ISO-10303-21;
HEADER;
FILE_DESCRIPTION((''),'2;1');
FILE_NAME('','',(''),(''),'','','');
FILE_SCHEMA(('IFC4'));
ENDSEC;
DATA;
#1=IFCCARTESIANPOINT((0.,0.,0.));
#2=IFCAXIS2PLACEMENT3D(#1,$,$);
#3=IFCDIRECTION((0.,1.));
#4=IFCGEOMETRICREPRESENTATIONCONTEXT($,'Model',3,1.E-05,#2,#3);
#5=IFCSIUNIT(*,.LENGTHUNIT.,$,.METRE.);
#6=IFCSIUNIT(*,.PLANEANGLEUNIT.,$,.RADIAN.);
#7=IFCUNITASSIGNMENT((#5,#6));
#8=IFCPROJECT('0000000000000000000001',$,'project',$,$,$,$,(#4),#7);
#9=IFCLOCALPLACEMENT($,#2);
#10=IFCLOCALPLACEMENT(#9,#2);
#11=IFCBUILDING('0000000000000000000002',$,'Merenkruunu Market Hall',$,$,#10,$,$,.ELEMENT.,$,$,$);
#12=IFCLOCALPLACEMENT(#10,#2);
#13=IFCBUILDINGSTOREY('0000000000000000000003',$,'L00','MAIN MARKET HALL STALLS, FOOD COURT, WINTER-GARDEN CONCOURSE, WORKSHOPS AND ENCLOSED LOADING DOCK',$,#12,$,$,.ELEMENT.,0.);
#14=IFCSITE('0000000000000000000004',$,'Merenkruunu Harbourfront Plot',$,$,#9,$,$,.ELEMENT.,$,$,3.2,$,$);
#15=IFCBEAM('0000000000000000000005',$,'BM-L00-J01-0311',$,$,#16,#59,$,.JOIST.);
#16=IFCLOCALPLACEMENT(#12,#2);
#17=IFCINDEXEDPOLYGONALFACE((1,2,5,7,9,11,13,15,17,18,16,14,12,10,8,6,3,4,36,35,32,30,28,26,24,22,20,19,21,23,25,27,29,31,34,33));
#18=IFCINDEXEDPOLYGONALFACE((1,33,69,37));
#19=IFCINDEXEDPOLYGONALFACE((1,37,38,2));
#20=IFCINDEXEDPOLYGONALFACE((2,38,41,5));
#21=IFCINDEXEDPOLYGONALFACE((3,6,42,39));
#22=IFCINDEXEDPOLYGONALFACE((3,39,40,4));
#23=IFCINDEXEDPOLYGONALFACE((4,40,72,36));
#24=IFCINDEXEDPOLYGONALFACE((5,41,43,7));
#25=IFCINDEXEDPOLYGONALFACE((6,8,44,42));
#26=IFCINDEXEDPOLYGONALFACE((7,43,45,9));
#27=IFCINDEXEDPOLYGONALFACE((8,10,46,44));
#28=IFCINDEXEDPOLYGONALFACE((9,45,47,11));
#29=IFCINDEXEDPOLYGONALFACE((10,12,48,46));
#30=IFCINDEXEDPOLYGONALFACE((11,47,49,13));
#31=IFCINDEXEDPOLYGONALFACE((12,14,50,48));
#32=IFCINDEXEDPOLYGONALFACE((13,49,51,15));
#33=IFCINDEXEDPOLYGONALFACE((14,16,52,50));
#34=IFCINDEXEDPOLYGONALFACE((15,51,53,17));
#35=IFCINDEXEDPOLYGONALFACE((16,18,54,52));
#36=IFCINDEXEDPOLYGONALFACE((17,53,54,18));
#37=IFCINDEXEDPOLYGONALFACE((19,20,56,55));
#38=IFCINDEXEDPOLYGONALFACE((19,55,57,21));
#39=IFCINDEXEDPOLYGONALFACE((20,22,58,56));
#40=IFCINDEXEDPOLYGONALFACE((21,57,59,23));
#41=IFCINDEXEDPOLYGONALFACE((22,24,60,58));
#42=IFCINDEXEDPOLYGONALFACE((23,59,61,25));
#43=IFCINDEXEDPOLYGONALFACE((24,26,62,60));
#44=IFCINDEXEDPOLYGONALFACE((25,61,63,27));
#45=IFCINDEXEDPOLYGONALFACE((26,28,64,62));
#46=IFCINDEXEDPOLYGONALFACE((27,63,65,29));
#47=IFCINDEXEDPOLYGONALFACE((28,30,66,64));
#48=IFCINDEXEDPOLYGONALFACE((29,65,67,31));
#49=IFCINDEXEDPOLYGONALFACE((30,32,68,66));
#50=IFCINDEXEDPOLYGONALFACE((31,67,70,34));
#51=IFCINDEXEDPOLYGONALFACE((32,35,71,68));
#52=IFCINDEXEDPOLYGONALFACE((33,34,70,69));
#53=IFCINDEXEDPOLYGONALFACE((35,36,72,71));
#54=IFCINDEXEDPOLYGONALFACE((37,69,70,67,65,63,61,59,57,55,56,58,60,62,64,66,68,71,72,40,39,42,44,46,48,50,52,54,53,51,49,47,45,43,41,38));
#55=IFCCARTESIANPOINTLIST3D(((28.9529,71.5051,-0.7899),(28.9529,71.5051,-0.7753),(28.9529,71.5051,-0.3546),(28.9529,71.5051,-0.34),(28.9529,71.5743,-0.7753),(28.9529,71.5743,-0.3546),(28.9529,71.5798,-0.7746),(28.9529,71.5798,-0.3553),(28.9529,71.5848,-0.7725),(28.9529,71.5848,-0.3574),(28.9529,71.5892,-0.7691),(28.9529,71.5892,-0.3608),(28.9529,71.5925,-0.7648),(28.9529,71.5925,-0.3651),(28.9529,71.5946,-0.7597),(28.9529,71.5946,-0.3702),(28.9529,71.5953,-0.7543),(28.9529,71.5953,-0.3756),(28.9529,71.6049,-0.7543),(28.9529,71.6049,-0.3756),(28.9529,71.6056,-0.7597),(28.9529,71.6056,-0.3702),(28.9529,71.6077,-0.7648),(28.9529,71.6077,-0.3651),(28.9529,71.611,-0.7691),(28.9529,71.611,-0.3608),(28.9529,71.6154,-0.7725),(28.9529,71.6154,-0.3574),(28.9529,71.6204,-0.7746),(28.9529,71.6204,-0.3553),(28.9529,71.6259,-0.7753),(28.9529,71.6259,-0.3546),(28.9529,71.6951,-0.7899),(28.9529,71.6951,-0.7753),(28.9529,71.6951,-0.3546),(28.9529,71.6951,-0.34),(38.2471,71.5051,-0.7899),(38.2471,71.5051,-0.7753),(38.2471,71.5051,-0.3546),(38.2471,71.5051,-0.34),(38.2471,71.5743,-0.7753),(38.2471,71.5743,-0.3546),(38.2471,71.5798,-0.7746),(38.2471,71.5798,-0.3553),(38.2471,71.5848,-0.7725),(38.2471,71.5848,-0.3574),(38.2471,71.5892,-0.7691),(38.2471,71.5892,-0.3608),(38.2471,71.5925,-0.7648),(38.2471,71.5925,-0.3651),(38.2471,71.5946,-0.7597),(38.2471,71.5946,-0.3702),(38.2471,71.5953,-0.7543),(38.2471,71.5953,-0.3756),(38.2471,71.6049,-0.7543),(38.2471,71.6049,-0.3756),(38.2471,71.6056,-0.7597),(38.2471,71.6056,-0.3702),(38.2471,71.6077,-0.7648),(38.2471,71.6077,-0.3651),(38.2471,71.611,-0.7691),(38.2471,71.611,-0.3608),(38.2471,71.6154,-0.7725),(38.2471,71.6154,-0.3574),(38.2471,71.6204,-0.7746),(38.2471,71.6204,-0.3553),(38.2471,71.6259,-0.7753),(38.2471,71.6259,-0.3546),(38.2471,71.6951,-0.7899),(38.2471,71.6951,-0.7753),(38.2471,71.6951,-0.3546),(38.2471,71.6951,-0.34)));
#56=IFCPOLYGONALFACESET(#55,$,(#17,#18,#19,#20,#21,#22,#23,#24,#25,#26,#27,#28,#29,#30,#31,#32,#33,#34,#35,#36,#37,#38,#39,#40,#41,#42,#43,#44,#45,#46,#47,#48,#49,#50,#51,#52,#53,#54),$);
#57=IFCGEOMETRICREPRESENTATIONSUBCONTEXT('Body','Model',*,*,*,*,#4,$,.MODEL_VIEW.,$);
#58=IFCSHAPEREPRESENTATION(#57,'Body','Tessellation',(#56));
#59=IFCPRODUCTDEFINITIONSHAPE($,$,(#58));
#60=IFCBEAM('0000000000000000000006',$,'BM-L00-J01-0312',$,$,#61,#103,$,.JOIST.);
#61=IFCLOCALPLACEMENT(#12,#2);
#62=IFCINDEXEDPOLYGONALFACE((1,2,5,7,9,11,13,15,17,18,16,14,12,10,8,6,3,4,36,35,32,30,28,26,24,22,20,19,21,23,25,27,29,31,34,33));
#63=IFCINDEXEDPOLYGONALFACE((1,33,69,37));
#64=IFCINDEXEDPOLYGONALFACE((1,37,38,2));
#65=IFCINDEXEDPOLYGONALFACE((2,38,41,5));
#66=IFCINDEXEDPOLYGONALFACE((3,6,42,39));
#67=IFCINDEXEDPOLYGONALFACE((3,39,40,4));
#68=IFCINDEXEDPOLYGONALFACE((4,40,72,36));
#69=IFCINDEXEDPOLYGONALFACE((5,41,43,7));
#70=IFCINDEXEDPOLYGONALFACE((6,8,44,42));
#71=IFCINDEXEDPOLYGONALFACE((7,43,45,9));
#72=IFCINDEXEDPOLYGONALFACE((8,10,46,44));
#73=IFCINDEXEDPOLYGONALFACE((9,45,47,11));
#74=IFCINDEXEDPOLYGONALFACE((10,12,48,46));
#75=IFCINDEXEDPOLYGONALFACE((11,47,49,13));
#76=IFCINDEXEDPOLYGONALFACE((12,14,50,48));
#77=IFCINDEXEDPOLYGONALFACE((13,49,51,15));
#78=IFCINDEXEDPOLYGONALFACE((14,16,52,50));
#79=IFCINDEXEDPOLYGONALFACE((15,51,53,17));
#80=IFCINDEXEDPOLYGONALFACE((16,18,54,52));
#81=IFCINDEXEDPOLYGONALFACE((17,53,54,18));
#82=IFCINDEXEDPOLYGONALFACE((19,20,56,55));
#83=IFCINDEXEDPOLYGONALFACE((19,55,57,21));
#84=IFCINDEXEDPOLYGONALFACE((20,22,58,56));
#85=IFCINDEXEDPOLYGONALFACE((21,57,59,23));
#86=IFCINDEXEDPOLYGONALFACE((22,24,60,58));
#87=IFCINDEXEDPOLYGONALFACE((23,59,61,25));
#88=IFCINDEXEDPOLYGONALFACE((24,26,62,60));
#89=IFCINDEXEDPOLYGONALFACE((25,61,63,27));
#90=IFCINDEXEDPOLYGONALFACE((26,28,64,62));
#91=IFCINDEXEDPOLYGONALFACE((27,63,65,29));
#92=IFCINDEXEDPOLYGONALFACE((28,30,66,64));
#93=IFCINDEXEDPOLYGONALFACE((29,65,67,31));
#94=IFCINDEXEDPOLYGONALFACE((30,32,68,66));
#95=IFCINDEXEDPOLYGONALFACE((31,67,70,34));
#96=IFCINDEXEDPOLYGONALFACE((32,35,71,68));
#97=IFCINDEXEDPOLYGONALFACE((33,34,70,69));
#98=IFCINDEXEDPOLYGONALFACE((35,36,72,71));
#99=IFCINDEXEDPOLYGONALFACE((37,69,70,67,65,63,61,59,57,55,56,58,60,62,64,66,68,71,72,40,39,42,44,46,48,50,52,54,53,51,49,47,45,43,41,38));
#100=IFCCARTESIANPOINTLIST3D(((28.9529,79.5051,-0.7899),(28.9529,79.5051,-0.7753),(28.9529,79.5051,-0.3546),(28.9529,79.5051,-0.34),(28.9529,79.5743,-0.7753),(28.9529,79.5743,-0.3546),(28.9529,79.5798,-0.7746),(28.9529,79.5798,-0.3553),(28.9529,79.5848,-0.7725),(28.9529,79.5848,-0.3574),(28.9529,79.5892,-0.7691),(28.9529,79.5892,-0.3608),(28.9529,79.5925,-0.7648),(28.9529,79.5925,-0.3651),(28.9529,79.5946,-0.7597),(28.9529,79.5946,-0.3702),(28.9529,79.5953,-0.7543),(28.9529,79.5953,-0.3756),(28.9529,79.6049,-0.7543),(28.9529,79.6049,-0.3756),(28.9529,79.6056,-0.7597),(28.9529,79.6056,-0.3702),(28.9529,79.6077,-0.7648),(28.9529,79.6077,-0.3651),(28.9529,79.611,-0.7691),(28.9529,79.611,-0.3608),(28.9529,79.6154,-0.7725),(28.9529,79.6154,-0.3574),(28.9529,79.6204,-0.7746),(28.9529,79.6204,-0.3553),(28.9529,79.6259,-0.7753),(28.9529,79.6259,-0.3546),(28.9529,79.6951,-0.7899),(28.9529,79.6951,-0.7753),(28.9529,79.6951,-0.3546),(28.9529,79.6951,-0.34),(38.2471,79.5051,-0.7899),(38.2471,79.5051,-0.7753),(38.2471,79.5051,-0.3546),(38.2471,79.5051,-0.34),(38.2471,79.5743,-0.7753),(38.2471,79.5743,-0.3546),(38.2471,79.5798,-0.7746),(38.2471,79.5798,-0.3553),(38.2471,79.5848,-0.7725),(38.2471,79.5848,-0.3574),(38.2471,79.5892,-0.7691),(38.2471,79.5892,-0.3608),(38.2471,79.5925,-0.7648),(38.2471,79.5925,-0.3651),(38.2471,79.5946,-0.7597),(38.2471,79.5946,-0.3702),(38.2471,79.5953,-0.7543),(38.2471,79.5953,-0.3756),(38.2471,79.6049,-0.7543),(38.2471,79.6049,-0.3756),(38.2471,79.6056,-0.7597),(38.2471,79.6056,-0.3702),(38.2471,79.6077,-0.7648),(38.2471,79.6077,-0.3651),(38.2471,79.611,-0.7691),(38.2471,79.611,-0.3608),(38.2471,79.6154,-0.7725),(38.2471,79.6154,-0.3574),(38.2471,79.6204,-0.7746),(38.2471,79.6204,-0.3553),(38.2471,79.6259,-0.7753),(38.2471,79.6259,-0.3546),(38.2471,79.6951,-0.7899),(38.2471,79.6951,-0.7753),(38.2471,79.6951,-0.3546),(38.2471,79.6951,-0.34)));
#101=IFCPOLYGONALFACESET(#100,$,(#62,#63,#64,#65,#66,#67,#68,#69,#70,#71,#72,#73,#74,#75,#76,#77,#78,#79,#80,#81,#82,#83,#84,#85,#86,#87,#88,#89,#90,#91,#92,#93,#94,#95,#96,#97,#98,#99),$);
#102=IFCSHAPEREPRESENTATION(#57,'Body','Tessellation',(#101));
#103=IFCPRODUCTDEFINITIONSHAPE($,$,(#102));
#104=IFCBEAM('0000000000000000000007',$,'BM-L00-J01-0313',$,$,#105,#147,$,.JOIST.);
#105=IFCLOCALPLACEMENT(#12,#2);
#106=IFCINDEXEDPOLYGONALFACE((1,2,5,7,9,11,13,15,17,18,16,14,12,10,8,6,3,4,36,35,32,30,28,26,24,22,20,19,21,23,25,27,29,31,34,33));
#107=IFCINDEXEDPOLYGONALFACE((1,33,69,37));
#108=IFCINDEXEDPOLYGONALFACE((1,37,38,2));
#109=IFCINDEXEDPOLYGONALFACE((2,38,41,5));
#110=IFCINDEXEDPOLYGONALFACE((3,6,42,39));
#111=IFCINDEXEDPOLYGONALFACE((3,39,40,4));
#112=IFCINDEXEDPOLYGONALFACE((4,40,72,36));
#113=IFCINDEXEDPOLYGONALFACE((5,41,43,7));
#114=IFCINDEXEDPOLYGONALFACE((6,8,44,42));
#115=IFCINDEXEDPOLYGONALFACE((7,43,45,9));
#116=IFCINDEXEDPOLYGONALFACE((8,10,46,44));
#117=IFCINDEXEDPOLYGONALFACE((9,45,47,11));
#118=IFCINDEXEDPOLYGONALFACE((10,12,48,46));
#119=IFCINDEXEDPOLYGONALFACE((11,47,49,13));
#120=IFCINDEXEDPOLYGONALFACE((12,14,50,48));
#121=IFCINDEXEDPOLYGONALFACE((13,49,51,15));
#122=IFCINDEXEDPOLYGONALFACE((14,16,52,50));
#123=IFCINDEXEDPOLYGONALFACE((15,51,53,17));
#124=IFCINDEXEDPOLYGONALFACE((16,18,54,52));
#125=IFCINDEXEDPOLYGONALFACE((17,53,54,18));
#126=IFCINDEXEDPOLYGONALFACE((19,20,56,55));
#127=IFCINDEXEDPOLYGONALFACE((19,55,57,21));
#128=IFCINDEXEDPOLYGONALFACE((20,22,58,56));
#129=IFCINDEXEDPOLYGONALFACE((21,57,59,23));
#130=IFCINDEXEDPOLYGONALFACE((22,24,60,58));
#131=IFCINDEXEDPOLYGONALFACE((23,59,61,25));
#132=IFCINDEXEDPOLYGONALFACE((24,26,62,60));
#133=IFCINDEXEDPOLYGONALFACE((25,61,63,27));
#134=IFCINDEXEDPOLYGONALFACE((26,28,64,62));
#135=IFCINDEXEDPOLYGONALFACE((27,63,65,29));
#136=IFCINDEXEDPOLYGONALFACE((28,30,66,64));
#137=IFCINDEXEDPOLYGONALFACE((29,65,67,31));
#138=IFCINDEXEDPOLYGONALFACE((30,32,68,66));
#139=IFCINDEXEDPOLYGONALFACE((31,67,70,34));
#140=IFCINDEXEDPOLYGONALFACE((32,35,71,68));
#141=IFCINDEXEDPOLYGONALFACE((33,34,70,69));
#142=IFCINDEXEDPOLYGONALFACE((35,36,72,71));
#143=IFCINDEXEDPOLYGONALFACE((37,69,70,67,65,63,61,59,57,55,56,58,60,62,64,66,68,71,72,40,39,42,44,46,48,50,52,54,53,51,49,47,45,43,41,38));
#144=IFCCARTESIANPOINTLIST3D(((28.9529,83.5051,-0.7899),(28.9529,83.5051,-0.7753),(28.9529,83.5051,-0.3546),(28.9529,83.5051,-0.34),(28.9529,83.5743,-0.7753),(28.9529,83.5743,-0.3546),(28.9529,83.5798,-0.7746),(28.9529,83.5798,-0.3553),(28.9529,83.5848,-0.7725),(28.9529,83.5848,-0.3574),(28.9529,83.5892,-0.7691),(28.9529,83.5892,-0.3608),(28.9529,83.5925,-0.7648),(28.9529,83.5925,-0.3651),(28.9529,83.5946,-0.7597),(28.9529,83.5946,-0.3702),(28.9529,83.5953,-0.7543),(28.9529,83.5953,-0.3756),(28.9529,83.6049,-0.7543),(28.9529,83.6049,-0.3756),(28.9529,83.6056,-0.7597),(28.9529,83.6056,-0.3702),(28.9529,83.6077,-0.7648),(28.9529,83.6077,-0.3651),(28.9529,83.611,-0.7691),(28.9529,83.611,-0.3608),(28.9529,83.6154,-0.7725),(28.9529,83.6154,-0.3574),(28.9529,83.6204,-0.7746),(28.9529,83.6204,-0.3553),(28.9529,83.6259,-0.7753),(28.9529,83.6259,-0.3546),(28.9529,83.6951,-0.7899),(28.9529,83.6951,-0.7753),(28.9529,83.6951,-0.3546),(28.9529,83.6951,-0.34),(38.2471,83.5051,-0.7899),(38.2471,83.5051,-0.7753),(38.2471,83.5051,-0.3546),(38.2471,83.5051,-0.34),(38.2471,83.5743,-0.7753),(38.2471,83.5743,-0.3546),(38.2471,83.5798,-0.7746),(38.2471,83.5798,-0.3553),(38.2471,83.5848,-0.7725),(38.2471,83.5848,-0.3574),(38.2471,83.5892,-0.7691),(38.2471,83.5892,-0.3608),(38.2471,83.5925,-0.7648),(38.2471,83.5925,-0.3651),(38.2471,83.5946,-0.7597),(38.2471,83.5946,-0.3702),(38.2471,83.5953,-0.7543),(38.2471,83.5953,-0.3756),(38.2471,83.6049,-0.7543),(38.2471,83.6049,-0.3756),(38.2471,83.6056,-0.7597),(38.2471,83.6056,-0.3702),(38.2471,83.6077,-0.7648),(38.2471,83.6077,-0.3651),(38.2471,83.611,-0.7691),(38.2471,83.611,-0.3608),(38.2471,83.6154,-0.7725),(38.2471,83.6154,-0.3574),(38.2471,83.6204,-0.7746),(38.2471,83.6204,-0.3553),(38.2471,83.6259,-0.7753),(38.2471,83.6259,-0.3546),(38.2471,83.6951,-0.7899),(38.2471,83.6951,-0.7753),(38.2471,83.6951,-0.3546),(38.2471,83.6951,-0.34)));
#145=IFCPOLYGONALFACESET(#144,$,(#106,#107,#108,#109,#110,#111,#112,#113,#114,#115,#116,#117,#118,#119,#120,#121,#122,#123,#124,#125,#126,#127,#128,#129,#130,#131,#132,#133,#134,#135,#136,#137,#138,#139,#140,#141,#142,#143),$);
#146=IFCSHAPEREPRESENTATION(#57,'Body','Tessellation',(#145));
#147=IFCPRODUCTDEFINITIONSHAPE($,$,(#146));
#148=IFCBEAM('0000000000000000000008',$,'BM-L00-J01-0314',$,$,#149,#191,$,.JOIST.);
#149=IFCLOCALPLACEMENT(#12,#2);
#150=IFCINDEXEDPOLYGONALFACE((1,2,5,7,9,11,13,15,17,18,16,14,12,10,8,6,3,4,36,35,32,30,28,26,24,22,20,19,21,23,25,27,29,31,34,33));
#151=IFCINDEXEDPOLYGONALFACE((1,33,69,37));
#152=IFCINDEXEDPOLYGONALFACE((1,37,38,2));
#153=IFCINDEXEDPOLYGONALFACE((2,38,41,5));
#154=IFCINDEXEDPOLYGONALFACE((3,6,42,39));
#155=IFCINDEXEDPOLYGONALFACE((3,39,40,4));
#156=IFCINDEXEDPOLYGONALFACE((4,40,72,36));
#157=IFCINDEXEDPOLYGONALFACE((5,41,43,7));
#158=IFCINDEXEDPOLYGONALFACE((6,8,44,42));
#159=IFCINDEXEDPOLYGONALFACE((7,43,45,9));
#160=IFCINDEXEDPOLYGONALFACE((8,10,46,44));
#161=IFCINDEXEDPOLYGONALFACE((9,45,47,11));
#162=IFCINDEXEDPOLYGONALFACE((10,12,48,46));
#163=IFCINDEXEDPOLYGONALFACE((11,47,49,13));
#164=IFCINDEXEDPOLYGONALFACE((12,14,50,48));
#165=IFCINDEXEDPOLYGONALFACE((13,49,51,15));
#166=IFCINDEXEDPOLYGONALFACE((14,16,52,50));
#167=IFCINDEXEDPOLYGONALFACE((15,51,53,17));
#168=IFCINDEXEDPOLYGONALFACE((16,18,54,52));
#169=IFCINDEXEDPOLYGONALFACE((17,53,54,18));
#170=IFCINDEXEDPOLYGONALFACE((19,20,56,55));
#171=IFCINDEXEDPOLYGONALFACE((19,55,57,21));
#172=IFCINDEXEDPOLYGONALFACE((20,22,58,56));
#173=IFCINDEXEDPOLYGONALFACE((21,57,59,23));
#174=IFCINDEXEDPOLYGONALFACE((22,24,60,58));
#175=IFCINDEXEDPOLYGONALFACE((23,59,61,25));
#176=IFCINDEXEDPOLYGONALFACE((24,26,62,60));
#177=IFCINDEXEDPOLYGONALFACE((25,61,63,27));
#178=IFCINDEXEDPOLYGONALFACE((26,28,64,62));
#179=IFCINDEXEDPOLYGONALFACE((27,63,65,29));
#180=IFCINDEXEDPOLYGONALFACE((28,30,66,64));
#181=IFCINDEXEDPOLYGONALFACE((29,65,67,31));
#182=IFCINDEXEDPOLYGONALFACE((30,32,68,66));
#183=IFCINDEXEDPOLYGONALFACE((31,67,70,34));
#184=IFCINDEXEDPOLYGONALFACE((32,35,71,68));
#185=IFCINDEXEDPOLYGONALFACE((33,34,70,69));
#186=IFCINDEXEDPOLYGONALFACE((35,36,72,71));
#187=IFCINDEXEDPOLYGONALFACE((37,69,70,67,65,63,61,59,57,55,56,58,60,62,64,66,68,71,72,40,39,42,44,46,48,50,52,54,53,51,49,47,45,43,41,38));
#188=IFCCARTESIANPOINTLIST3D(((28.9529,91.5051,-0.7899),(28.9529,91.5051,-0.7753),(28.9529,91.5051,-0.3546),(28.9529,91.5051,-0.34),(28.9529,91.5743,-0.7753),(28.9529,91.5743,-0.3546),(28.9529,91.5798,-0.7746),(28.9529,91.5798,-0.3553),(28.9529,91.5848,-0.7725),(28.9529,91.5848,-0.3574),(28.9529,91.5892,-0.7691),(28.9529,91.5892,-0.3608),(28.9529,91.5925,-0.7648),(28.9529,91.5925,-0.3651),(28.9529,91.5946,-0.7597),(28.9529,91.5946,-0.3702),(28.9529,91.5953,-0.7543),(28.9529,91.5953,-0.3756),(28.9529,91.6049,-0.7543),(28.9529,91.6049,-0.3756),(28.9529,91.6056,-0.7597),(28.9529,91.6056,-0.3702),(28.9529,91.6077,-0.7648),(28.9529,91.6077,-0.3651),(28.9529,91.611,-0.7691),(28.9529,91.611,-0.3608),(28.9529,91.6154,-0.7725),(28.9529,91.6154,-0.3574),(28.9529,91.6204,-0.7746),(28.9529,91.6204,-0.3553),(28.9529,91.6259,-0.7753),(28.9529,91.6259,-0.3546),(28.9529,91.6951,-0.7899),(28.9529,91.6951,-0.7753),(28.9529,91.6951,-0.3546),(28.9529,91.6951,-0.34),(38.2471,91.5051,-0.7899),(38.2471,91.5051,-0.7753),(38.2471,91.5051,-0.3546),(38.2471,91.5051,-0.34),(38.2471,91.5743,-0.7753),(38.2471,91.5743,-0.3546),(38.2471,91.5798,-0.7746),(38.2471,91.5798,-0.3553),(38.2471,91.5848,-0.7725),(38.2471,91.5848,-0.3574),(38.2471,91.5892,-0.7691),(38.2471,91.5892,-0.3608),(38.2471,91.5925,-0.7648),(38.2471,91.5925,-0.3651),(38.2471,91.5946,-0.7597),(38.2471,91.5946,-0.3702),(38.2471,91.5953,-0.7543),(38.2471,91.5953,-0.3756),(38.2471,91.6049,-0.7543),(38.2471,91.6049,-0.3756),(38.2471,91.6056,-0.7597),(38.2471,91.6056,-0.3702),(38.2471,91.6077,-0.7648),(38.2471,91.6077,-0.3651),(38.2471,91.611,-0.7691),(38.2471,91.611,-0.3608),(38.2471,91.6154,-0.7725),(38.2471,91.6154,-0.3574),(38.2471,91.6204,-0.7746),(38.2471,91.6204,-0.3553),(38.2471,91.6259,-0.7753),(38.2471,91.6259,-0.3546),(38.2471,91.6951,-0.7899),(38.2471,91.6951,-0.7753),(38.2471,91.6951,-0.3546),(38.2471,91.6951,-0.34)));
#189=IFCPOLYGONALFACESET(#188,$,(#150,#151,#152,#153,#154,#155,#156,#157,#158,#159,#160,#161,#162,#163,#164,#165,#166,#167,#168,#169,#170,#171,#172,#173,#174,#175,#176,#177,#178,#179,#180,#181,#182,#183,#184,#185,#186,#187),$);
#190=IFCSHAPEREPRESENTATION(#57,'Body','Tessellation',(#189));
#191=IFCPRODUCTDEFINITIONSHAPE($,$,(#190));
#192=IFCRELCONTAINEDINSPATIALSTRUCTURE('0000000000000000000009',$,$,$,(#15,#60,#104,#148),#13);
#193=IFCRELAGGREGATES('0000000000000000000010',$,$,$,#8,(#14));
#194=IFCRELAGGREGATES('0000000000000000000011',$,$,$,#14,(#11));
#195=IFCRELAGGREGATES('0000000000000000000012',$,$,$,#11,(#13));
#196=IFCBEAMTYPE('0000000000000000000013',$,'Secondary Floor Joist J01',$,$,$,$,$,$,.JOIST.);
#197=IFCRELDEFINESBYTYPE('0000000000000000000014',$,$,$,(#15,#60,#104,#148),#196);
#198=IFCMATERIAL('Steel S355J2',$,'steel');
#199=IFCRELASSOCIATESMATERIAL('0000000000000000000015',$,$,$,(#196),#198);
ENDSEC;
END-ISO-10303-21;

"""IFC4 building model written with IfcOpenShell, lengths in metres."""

from ifc_helpers import new_model, si_unit, direction, frame, origin, origin_2d, place, context, subcontext, project, spatial, i_section, extrude, material, material_profile, profile_set, type_object, element, save


model = new_model("IFC4")

# Units and contexts
model_context = context("Model", 3, precision=1e-05, world=origin(), true_north=direction((0.0, 1.0)))
body_context = subcontext(model_context, "Body", "Model", "MODEL_VIEW")
ifc_project = project(units=[si_unit("LENGTHUNIT", "METRE"), si_unit("PLANEANGLEUNIT", "RADIAN")], contexts=[model_context])

# Site, building, storey
site_placement = place(None, origin())
site = spatial("IfcSite", under=ifc_project, at=site_placement, Name="Merenkruunu Harbourfront Plot", CompositionType="ELEMENT", RefElevation=3.2)
building_placement = place(site_placement, origin())
building = spatial("IfcBuilding", under=site, at=building_placement, Name="Merenkruunu Market Hall", CompositionType="ELEMENT")
storey_placement = place(building_placement, origin())
storey = spatial("IfcBuildingStorey", under=building, at=storey_placement, Name="L00", Description="MAIN MARKET HALL STALLS, FOOD COURT, WINTER-GARDEN CONCOURSE, WORKSHOPS AND ENCLOSED LOADING DOCK", CompositionType="ELEMENT", Elevation=0.0)

# Shared definitions
ifc_material_1 = material(Name="Steel S355J2", Category="steel")

# Beams
ifc_material_profile_1 = material_profile(ifc_material_1, i_section(OverallWidth=0.1899, OverallDepth=0.45, WebThickness=0.0095, FlangeThickness=0.0146, FilletRadius=0.021, at=origin_2d()), Name="IPE 450")
ifc_profile_set_1 = profile_set([ifc_material_profile_1], Name="Steel S355J2")
beam_type_1 = type_object("IfcBeamType", Name="Secondary Floor Joist J01", PredefinedType="JOIST", material=ifc_profile_set_1)
for number, where, z_axis, x_axis, name in (
    (1, (28.9529, 71.6001, -0.5649), (1.0, 0.0, 0.0), (0.0, 1.0, 0.0), "BM-L00-J01-0311"),
    (2, (28.9529, 79.6001, -0.5649), (1.0, 0.0, 0.0), (0.0, 1.0, 0.0), "BM-L00-J01-0312"),
    (3, (28.9529, 83.6001, -0.5649), (1.0, 0.0, 0.0), (0.0, 1.0, 0.0), "BM-L00-J01-0313"),
    (4, (28.9529, 91.6001, -0.5649), (1.0, 0.0, 0.0), (0.0, 1.0, 0.0), "BM-L00-J01-0314"),
):
    element("IfcBeam", number, at=place(storey_placement, frame(where, z_axis=z_axis, x_axis=x_axis)), inside=storey, type_object=beam_type_1, Name=name, PredefinedType="JOIST", context=body_context, shape_type="SweptSolid", body=[
        extrude(i_section(OverallWidth=0.1899, OverallDepth=0.45, WebThickness=0.0095, FlangeThickness=0.0146, FilletRadius=0.021, at=origin_2d()), origin(), (0.0, 0.0, 1.0), 9.2942),
    ])

save(model, "model.ifc")
